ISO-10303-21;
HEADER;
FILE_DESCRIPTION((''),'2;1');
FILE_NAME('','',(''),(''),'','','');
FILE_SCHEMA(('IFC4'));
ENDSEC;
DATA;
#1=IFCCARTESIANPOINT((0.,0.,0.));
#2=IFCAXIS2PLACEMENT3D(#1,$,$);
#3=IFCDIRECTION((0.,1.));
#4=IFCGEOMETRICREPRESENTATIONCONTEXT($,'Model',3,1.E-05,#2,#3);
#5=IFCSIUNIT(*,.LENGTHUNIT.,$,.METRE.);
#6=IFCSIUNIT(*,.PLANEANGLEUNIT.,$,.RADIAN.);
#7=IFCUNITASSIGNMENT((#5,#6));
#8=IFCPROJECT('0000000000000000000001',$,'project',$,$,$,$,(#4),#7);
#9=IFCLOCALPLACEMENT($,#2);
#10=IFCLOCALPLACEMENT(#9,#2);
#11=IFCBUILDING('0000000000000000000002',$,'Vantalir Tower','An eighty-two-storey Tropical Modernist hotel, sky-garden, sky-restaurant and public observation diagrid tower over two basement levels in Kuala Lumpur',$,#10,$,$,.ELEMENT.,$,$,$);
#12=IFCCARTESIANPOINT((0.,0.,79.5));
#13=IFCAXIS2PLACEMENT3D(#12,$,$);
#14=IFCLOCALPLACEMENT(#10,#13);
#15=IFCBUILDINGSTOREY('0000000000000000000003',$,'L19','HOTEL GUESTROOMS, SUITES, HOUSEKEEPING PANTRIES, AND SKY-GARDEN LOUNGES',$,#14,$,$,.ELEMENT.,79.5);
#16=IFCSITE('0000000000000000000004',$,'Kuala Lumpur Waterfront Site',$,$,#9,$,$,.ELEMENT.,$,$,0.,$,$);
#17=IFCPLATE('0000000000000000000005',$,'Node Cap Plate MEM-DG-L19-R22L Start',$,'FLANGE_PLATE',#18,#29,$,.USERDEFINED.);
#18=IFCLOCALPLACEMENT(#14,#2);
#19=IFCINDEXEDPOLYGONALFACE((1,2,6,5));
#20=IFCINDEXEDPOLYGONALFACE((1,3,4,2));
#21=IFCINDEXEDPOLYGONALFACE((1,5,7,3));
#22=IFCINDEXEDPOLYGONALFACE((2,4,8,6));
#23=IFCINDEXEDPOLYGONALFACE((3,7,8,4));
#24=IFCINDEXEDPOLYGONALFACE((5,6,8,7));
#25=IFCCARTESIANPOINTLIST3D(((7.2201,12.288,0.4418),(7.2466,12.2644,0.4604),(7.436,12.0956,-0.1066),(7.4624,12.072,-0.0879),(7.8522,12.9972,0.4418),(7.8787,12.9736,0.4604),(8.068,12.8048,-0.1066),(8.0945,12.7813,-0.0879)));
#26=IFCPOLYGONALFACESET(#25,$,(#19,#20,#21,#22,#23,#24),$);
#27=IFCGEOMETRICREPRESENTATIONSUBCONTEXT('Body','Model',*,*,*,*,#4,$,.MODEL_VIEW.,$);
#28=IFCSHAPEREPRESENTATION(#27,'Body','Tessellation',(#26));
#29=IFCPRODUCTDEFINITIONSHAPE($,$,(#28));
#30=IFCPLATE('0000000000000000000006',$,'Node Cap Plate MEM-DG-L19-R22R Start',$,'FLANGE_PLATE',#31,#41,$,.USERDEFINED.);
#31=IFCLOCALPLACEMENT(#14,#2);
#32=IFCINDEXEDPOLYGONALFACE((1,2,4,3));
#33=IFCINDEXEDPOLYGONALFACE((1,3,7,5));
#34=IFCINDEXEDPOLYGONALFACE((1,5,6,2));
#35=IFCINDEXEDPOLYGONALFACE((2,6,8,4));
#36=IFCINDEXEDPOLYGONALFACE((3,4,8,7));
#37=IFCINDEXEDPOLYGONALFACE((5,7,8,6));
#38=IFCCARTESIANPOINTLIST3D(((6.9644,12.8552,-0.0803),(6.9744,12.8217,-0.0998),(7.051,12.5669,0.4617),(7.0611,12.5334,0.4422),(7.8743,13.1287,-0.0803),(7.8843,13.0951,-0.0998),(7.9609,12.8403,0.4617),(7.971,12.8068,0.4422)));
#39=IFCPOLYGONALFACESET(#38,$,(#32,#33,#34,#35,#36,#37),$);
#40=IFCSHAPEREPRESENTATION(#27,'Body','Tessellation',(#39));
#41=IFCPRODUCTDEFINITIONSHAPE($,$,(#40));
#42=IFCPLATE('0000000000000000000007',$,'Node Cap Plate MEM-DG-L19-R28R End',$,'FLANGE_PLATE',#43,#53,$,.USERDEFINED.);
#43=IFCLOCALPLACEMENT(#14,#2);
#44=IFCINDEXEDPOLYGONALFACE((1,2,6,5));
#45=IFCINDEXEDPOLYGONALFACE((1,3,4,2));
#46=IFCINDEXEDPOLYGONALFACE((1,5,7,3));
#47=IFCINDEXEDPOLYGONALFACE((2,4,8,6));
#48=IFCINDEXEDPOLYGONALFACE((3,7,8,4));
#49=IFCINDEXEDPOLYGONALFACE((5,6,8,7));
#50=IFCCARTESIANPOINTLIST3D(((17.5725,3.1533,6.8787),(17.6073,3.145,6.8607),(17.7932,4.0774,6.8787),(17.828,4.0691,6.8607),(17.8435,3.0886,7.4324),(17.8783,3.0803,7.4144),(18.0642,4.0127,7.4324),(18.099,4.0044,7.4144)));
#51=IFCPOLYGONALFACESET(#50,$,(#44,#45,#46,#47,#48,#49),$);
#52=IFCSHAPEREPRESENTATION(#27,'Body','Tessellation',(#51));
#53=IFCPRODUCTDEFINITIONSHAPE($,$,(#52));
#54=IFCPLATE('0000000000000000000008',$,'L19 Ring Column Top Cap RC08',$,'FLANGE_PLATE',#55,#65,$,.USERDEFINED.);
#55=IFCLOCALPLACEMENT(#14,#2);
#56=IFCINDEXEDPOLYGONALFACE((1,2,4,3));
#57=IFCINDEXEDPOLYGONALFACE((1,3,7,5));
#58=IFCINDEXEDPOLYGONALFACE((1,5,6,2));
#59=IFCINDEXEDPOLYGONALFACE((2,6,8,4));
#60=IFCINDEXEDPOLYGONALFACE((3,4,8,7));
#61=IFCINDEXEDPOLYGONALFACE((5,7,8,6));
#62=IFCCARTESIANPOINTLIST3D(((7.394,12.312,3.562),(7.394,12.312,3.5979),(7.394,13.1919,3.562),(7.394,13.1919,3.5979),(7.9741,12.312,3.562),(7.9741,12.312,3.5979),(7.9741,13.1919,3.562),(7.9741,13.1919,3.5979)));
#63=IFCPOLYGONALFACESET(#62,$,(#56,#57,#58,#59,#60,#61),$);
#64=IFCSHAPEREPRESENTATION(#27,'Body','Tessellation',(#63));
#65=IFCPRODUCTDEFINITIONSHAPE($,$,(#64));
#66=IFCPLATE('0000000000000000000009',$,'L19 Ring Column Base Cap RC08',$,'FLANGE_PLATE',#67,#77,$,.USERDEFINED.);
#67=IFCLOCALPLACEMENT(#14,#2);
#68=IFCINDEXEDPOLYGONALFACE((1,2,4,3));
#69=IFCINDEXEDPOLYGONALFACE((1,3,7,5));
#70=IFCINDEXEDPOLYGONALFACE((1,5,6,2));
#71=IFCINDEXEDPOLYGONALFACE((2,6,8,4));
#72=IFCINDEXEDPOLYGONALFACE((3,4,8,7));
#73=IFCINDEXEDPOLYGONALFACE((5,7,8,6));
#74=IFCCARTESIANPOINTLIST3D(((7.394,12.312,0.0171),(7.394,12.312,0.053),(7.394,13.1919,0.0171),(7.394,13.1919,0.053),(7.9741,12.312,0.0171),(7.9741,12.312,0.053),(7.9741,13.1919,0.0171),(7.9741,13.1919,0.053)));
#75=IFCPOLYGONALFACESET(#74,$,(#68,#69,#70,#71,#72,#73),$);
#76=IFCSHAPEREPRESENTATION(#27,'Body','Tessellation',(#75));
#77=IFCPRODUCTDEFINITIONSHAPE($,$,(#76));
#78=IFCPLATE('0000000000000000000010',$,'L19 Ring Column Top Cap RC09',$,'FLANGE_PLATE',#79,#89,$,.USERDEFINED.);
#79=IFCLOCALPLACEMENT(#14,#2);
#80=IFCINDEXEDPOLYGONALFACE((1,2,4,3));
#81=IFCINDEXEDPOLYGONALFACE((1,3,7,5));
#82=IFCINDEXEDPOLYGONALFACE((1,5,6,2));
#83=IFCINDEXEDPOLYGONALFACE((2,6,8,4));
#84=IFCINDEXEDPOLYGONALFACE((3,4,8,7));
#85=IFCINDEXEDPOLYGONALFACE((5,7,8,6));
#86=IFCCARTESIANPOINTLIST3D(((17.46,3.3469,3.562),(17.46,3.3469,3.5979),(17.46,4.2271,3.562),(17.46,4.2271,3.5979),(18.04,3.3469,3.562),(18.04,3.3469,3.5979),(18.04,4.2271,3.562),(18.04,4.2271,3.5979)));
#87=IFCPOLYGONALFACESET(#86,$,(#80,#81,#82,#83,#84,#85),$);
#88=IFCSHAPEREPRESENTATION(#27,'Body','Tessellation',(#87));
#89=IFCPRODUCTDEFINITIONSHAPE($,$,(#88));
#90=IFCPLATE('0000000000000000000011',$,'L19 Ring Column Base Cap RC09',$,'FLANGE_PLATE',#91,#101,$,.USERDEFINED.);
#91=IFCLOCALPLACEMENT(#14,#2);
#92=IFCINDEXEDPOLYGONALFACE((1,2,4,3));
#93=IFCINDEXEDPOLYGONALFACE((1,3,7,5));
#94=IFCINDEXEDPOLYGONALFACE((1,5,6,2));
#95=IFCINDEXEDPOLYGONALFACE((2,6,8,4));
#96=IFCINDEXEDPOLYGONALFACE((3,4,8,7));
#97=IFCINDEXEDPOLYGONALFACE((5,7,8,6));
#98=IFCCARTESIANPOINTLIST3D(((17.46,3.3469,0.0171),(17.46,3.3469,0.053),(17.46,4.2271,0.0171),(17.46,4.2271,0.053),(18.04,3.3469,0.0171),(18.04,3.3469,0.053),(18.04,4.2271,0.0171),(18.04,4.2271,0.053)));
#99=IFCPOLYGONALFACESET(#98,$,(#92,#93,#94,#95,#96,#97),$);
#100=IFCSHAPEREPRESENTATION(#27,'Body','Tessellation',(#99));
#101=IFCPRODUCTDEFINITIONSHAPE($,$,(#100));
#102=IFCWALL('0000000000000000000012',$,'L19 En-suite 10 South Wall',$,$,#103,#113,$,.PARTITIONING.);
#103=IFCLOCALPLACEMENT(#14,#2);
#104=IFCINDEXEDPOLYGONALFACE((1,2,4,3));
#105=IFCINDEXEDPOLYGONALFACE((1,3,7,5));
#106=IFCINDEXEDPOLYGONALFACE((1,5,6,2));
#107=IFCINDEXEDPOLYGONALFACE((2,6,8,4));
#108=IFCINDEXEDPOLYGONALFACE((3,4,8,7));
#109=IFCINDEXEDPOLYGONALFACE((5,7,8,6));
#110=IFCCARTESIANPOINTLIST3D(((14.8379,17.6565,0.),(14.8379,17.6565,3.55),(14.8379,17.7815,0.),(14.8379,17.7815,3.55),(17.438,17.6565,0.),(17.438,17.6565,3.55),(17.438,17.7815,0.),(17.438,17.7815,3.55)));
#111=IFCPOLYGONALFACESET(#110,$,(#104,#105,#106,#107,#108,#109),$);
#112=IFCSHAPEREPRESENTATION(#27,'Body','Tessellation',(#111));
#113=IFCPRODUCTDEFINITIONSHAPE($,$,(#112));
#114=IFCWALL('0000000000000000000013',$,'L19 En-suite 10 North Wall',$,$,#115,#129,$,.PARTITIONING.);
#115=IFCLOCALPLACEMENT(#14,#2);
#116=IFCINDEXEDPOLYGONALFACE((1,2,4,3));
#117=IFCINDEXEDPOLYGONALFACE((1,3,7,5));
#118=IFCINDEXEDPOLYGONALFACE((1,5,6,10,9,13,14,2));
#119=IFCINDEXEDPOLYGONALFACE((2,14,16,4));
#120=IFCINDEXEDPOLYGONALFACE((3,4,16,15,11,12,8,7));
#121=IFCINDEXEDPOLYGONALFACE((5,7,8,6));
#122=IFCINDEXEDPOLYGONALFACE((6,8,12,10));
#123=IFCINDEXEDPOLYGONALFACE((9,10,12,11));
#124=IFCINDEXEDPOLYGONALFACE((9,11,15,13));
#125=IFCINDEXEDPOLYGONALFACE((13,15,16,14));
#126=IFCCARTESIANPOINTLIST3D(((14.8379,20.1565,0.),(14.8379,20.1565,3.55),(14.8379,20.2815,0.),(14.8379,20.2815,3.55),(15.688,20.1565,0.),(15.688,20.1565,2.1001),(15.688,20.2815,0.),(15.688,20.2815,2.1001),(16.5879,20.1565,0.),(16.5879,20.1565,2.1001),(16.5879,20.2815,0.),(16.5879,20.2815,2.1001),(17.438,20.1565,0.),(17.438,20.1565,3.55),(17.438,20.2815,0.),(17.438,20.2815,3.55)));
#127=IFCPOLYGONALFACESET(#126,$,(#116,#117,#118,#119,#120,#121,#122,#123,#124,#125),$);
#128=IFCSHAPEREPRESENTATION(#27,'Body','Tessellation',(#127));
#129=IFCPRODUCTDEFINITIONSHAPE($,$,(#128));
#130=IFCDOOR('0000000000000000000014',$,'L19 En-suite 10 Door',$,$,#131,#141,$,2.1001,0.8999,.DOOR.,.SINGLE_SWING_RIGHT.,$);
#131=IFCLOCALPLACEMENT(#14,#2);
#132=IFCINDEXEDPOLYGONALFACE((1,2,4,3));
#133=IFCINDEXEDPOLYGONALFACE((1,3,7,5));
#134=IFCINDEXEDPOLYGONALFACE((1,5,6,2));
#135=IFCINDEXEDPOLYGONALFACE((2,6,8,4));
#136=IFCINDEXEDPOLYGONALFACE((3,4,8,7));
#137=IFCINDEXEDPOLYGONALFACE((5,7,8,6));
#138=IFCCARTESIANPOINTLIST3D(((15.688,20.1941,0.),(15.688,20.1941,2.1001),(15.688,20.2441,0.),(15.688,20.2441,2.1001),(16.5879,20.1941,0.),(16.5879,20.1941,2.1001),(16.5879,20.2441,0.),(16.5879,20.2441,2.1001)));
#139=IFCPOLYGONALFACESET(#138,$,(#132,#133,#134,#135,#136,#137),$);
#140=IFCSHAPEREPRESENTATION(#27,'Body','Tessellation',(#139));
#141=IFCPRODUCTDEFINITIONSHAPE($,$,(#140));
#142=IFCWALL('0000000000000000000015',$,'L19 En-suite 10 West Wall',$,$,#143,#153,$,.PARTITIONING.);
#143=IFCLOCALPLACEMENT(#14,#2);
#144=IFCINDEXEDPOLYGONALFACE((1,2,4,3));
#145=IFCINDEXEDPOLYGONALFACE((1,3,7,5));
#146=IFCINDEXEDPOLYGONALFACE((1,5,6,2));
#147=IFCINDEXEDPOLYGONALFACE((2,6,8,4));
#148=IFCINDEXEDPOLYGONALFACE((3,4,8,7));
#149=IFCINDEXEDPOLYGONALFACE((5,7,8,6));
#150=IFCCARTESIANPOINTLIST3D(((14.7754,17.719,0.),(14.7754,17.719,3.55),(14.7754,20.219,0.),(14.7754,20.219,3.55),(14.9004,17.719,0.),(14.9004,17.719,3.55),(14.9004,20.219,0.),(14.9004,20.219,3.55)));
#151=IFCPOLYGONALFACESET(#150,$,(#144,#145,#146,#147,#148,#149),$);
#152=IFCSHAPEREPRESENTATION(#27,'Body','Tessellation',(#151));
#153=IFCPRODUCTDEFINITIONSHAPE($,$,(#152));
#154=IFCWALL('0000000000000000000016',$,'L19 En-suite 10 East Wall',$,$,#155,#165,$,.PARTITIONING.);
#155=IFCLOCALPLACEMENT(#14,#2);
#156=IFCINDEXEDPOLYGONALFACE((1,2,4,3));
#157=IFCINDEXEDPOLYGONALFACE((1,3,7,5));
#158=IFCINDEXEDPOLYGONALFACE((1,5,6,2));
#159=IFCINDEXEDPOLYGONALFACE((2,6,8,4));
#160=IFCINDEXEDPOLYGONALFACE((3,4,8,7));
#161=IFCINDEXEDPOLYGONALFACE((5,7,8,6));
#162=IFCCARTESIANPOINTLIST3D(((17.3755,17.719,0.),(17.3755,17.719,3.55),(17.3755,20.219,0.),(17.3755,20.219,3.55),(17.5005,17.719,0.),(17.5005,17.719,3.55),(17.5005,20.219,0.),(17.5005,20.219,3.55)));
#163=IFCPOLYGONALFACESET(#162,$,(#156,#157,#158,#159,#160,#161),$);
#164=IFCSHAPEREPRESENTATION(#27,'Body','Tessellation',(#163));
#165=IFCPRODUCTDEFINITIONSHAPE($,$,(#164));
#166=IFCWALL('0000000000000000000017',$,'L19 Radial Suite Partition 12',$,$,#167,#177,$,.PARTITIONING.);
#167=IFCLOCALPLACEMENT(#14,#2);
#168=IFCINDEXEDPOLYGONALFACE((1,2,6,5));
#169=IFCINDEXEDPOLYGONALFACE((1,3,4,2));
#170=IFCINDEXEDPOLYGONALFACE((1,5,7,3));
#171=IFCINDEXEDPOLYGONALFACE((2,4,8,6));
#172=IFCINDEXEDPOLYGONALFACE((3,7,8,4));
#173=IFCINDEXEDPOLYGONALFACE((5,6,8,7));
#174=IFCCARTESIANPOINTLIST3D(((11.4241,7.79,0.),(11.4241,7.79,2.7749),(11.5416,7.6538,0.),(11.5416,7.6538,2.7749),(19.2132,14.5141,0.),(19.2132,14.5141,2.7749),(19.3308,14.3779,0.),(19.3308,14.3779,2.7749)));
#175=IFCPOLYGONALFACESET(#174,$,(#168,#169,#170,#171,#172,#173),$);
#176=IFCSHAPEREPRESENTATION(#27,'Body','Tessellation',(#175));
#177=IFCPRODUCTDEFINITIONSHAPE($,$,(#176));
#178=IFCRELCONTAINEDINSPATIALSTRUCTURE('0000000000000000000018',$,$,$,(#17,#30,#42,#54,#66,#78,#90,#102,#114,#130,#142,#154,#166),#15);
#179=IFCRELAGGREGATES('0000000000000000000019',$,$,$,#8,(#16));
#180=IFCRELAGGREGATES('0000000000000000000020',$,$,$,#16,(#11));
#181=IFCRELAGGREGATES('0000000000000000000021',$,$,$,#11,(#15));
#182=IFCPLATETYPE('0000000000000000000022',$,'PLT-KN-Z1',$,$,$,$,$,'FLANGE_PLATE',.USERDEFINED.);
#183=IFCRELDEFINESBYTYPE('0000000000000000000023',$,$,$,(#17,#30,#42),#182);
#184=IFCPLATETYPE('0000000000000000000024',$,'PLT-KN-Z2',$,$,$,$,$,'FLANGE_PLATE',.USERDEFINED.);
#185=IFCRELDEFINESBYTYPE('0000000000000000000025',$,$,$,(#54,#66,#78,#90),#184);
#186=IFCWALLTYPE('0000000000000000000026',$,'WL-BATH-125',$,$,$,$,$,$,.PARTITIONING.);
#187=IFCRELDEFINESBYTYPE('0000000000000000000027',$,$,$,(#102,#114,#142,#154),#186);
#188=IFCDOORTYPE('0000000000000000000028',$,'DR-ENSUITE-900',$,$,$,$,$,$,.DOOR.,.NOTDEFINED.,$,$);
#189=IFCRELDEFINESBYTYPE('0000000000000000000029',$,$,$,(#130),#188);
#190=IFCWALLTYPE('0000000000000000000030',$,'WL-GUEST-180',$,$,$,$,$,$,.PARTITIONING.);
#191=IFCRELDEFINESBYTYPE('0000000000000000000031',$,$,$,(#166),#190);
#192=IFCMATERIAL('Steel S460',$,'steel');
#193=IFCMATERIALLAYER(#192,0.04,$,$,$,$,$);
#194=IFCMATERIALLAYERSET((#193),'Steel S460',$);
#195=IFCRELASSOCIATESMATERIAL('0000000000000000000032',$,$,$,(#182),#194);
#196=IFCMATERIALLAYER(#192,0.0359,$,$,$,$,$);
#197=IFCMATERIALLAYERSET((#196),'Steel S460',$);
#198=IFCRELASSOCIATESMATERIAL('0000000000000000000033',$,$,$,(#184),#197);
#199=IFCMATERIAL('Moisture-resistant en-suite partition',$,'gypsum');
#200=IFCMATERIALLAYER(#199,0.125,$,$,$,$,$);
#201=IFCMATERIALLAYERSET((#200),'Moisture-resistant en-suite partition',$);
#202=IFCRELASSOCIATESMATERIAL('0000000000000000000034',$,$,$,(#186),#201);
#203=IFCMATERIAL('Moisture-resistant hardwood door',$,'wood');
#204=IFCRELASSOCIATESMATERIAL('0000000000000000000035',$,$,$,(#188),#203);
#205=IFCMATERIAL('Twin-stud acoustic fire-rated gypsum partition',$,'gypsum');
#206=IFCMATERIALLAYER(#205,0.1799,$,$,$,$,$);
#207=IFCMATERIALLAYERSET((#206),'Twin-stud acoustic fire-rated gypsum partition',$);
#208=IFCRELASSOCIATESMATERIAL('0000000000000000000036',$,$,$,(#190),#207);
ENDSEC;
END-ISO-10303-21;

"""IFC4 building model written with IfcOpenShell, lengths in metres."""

from ifc_helpers import new_model, si_unit, direction, frame, frame_2d, origin, place, context, subcontext, project, spatial, polyline, rectangle, outline, extrude, material, layer, layer_set, type_object, element, fill, save


model = new_model("IFC4")

# Units and contexts
model_context = context("Model", 3, precision=1e-05, world=origin(), true_north=direction((0.0, 1.0)))
body_context = subcontext(model_context, "Body", "Model", "MODEL_VIEW")
ifc_project = project(units=[si_unit("LENGTHUNIT", "METRE"), si_unit("PLANEANGLEUNIT", "RADIAN")], contexts=[model_context])

# Site, building, storey
site_placement = place(None, origin())
site = spatial("IfcSite", under=ifc_project, at=site_placement, Name="Kuala Lumpur Waterfront Site", CompositionType="ELEMENT", RefElevation=0.0)
building_placement = place(site_placement, origin())
building = spatial("IfcBuilding", under=site, at=building_placement, Name="Vantalir Tower", Description="An eighty-two-storey Tropical Modernist hotel, sky-garden, sky-restaurant and public observation diagrid tower over two basement levels in Kuala Lumpur", CompositionType="ELEMENT")
storey_placement = place(building_placement, frame((0.0, 0.0, 79.5)))
storey = spatial("IfcBuildingStorey", under=building, at=storey_placement, Name="L19", Description="HOTEL GUESTROOMS, SUITES, HOUSEKEEPING PANTRIES, AND SKY-GARDEN LOUNGES", CompositionType="ELEMENT", Elevation=79.5)

# Shared definitions
ifc_material_1 = material(Name="Steel S460", Category="steel")

# Plates
ifc_layer_1 = layer(ifc_material_1, 0.04)
ifc_layer_set_1 = layer_set([ifc_layer_1], Name="Steel S460")
plate_type_1 = type_object("IfcPlateType", Name="PLT-KN-Z1", ElementType="FLANGE_PLATE", PredefinedType="USERDEFINED", material=ifc_layer_set_1)
plate_1_placement = place(storey_placement, frame((7.4624, 12.072, -0.0879), z_axis=(0.660373, -0.588539, 0.466402), x_axis=(0.665336, 0.746544, 0.0)))
element("IfcPlate", 1, at=plate_1_placement, inside=storey, type_object=plate_type_1, Name="Node Cap Plate MEM-DG-L19-R22L Start", ObjectType="FLANGE_PLATE", PredefinedType="USERDEFINED", context=body_context, shape_type="SweptSolid", body=[
    extrude(outline(polyline([(0.0, 0.0), (0.95, 0.0), (0.95, 0.6199), (0.0, 0.6199), (0.0, 0.0)])), origin(), (0.0, 0.0, -1.0), 0.04),
])
plate_2_placement = place(storey_placement, frame((7.8743, 13.1287, -0.0803), z_axis=(-0.251585, 0.837194, 0.485603), x_axis=(-0.957692, -0.287796, 0.0)))
element("IfcPlate", 2, at=plate_2_placement, inside=storey, type_object=plate_type_1, Name="Node Cap Plate MEM-DG-L19-R22R Start", ObjectType="FLANGE_PLATE", PredefinedType="USERDEFINED", context=body_context, shape_type="SweptSolid", body=[
    extrude(outline(polyline([(0.0, 0.0), (0.9501, 0.0), (0.9501, 0.62), (0.0, 0.62), (0.0, 0.0)])), origin(), (0.0, 0.0, -1.0), 0.04),
])
plate_3_placement = place(storey_placement, frame((17.7932, 4.0774, 6.8787), z_axis=(-0.868853, 0.207515, 0.449479), x_axis=(-0.232304, -0.972643, 0.0)))
element("IfcPlate", 3, at=plate_3_placement, inside=storey, type_object=plate_type_1, Name="Node Cap Plate MEM-DG-L19-R28R End", ObjectType="FLANGE_PLATE", PredefinedType="USERDEFINED", context=body_context, shape_type="SweptSolid", body=[
    extrude(outline(polyline([(0.0, 0.0), (0.9501, 0.0), (0.95, 0.6199), (0.0, 0.6199), (0.0, 0.0)])), origin(), (0.0, 0.0, -1.0), 0.04),
])
ifc_layer_2 = layer(ifc_material_1, 0.0359)
ifc_layer_set_2 = layer_set([ifc_layer_2], Name="Steel S460")
plate_type_2 = type_object("IfcPlateType", Name="PLT-KN-Z2", ElementType="FLANGE_PLATE", PredefinedType="USERDEFINED", material=ifc_layer_set_2)
for number, where, z_axis, x_axis, name in (
    (4, (7.394, 13.1919, 3.5979), (0.0, 0.0, 1.0), (0.0, -1.0, 0.0), "L19 Ring Column Top Cap RC08"),
    (5, (7.394, 13.1919, 0.053), (0.0, 0.0, 1.0), (0.0, -1.0, 0.0), "L19 Ring Column Base Cap RC08"),
):
    element("IfcPlate", number, at=place(storey_placement, frame(where, z_axis=z_axis, x_axis=x_axis)), inside=storey, type_object=plate_type_2, Name=name, ObjectType="FLANGE_PLATE", PredefinedType="USERDEFINED", context=body_context, shape_type="SweptSolid", body=[
        extrude(outline(polyline([(0.0, 0.0), (0.8799, 0.0), (0.8799, 0.5801), (0.0, 0.5801), (0.0, 0.0)])), origin(), (0.0, 0.0, -1.0), 0.0359),
    ])
for number, where, z_axis, x_axis, name in (
    (6, (17.46, 4.2271, 3.5979), (0.0, 0.0, 1.0), (0.0, -1.0, 0.0), "L19 Ring Column Top Cap RC09"),
    (7, (17.46, 4.2271, 0.053), (0.0, 0.0, 1.0), (0.0, -1.0, 0.0), "L19 Ring Column Base Cap RC09"),
):
    element("IfcPlate", number, at=place(storey_placement, frame(where, z_axis=z_axis, x_axis=x_axis)), inside=storey, type_object=plate_type_2, Name=name, ObjectType="FLANGE_PLATE", PredefinedType="USERDEFINED", context=body_context, shape_type="SweptSolid", body=[
        extrude(outline(polyline([(0.0, 0.0), (0.8801, 0.0), (0.8801, 0.5801), (0.0, 0.5801), (0.0, 0.0)])), origin(), (0.0, 0.0, -1.0), 0.0359),
    ])

# Wall
ifc_material_2 = material(Name="Moisture-resistant en-suite partition", Category="gypsum")
ifc_layer_3 = layer(ifc_material_2, 0.125)
ifc_layer_set_3 = layer_set([ifc_layer_3], Name="Moisture-resistant en-suite partition")
wall_type_1 = type_object("IfcWallType", Name="WL-BATH-125", PredefinedType="PARTITIONING", material=ifc_layer_set_3)
wall_1_placement = place(storey_placement, frame((14.8379, 17.719, 0.0), z_axis=(0.0, 0.0, 1.0), x_axis=(1.0, 0.0, 0.0)))
element("IfcWall", 8, at=wall_1_placement, inside=storey, type_object=wall_type_1, Name="L19 En-suite 10 South Wall", PredefinedType="PARTITIONING", context=body_context, shape_type="SweptSolid", body=[
    extrude(rectangle(XDim=2.6001, YDim=0.125, at=frame_2d((1.3, 0.0))), origin(), (0.0, 0.0, 1.0), 3.55),
])

# Wall, opening, door
wall_2_placement = place(storey_placement, frame((14.8379, 20.219, 0.0), z_axis=(0.0, 0.0, 1.0), x_axis=(1.0, 0.0, 0.0)))
wall_2 = element("IfcWall", 9, at=wall_2_placement, inside=storey, type_object=wall_type_1, Name="L19 En-suite 10 North Wall", PredefinedType="PARTITIONING", context=body_context, shape_type="SweptSolid", body=[
    extrude(rectangle(XDim=2.6001, YDim=0.125, at=frame_2d((1.3, 0.0))), origin(), (0.0, 0.0, 1.0), 3.55),
])
opening_placement = place(wall_2_placement, frame((0.8501, 0.0, 0.0)))
opening = element("IfcOpeningElement", 10, at=opening_placement, cuts=wall_2, PredefinedType="OPENING", context=body_context, shape_type="SweptSolid", body=[
    extrude(rectangle(XDim=0.8999, YDim=2.1001, at=frame_2d((0.45, 1.05))), frame((0.0, 0.0725, 0.0), z_axis=(0.0, -1.0, 0.0), x_axis=(1.0, 0.0, 0.0)), (0.0, 0.0, 1.0), 0.145),
])
ifc_material_3 = material(Name="Moisture-resistant hardwood door", Category="wood")
door_type = type_object("IfcDoorType", Name="DR-ENSUITE-900", OperationType="NOTDEFINED", PredefinedType="DOOR", material=ifc_material_3)
door_placement = place(opening_placement, frame((0.8999, 0.0, 0.0), z_axis=(0.0, 0.0, 1.0), x_axis=(-1.0, 0.0, 0.0)))
door = element("IfcDoor", 11, at=door_placement, inside=storey, type_object=door_type, Name="L19 En-suite 10 Door", OperationType="SINGLE_SWING_RIGHT", OverallHeight=2.1001, OverallWidth=0.8999, PredefinedType="DOOR", context=body_context, shape_type="SweptSolid", body=[
    extrude(rectangle(XDim=0.8999, YDim=2.1001, at=frame_2d((0.45, 1.05))), frame((0.0, 0.0249, 0.0), z_axis=(0.0, -1.0, 0.0), x_axis=(1.0, 0.0, 0.0)), (0.0, 0.0, 1.0), 0.05),
])
fill(opening, door)

# Walls
for number, where, z_axis, x_axis, name in (
    (12, (14.8379, 17.719, 0.0), (0.0, 0.0, 1.0), (0.0, 1.0, 0.0), "L19 En-suite 10 West Wall"),
    (13, (17.438, 17.719, 0.0), (0.0, 0.0, 1.0), (0.0, 1.0, 0.0), "L19 En-suite 10 East Wall"),
):
    element("IfcWall", number, at=place(storey_placement, frame(where, z_axis=z_axis, x_axis=x_axis)), inside=storey, type_object=wall_type_1, Name=name, PredefinedType="PARTITIONING", context=body_context, shape_type="SweptSolid", body=[
        extrude(rectangle(XDim=2.5, YDim=0.125, at=frame_2d((1.25, 0.0))), origin(), (0.0, 0.0, 1.0), 3.55),
    ])
ifc_material_4 = material(Name="Twin-stud acoustic fire-rated gypsum partition", Category="gypsum")
ifc_layer_4 = layer(ifc_material_4, 0.1799)
ifc_layer_set_4 = layer_set([ifc_layer_4], Name="Twin-stud acoustic fire-rated gypsum partition")
wall_type_2 = type_object("IfcWallType", Name="WL-GUEST-180", PredefinedType="PARTITIONING", material=ifc_layer_set_4)
wall_3_placement = place(storey_placement, frame((19.272, 14.446, 0.0), z_axis=(0.0, 0.0, 1.0), x_axis=(-0.756957, -0.653464, 0.0)))
element("IfcWall", 14, at=wall_3_placement, inside=storey, type_object=wall_type_2, Name="L19 Radial Suite Partition 12", PredefinedType="PARTITIONING", context=body_context, shape_type="SweptSolid", body=[
    extrude(rectangle(XDim=10.29, YDim=0.1799, at=frame_2d((5.145, 0.0))), origin(), (0.0, 0.0, 1.0), 2.7749),
])

save(model, "model.ifc")
